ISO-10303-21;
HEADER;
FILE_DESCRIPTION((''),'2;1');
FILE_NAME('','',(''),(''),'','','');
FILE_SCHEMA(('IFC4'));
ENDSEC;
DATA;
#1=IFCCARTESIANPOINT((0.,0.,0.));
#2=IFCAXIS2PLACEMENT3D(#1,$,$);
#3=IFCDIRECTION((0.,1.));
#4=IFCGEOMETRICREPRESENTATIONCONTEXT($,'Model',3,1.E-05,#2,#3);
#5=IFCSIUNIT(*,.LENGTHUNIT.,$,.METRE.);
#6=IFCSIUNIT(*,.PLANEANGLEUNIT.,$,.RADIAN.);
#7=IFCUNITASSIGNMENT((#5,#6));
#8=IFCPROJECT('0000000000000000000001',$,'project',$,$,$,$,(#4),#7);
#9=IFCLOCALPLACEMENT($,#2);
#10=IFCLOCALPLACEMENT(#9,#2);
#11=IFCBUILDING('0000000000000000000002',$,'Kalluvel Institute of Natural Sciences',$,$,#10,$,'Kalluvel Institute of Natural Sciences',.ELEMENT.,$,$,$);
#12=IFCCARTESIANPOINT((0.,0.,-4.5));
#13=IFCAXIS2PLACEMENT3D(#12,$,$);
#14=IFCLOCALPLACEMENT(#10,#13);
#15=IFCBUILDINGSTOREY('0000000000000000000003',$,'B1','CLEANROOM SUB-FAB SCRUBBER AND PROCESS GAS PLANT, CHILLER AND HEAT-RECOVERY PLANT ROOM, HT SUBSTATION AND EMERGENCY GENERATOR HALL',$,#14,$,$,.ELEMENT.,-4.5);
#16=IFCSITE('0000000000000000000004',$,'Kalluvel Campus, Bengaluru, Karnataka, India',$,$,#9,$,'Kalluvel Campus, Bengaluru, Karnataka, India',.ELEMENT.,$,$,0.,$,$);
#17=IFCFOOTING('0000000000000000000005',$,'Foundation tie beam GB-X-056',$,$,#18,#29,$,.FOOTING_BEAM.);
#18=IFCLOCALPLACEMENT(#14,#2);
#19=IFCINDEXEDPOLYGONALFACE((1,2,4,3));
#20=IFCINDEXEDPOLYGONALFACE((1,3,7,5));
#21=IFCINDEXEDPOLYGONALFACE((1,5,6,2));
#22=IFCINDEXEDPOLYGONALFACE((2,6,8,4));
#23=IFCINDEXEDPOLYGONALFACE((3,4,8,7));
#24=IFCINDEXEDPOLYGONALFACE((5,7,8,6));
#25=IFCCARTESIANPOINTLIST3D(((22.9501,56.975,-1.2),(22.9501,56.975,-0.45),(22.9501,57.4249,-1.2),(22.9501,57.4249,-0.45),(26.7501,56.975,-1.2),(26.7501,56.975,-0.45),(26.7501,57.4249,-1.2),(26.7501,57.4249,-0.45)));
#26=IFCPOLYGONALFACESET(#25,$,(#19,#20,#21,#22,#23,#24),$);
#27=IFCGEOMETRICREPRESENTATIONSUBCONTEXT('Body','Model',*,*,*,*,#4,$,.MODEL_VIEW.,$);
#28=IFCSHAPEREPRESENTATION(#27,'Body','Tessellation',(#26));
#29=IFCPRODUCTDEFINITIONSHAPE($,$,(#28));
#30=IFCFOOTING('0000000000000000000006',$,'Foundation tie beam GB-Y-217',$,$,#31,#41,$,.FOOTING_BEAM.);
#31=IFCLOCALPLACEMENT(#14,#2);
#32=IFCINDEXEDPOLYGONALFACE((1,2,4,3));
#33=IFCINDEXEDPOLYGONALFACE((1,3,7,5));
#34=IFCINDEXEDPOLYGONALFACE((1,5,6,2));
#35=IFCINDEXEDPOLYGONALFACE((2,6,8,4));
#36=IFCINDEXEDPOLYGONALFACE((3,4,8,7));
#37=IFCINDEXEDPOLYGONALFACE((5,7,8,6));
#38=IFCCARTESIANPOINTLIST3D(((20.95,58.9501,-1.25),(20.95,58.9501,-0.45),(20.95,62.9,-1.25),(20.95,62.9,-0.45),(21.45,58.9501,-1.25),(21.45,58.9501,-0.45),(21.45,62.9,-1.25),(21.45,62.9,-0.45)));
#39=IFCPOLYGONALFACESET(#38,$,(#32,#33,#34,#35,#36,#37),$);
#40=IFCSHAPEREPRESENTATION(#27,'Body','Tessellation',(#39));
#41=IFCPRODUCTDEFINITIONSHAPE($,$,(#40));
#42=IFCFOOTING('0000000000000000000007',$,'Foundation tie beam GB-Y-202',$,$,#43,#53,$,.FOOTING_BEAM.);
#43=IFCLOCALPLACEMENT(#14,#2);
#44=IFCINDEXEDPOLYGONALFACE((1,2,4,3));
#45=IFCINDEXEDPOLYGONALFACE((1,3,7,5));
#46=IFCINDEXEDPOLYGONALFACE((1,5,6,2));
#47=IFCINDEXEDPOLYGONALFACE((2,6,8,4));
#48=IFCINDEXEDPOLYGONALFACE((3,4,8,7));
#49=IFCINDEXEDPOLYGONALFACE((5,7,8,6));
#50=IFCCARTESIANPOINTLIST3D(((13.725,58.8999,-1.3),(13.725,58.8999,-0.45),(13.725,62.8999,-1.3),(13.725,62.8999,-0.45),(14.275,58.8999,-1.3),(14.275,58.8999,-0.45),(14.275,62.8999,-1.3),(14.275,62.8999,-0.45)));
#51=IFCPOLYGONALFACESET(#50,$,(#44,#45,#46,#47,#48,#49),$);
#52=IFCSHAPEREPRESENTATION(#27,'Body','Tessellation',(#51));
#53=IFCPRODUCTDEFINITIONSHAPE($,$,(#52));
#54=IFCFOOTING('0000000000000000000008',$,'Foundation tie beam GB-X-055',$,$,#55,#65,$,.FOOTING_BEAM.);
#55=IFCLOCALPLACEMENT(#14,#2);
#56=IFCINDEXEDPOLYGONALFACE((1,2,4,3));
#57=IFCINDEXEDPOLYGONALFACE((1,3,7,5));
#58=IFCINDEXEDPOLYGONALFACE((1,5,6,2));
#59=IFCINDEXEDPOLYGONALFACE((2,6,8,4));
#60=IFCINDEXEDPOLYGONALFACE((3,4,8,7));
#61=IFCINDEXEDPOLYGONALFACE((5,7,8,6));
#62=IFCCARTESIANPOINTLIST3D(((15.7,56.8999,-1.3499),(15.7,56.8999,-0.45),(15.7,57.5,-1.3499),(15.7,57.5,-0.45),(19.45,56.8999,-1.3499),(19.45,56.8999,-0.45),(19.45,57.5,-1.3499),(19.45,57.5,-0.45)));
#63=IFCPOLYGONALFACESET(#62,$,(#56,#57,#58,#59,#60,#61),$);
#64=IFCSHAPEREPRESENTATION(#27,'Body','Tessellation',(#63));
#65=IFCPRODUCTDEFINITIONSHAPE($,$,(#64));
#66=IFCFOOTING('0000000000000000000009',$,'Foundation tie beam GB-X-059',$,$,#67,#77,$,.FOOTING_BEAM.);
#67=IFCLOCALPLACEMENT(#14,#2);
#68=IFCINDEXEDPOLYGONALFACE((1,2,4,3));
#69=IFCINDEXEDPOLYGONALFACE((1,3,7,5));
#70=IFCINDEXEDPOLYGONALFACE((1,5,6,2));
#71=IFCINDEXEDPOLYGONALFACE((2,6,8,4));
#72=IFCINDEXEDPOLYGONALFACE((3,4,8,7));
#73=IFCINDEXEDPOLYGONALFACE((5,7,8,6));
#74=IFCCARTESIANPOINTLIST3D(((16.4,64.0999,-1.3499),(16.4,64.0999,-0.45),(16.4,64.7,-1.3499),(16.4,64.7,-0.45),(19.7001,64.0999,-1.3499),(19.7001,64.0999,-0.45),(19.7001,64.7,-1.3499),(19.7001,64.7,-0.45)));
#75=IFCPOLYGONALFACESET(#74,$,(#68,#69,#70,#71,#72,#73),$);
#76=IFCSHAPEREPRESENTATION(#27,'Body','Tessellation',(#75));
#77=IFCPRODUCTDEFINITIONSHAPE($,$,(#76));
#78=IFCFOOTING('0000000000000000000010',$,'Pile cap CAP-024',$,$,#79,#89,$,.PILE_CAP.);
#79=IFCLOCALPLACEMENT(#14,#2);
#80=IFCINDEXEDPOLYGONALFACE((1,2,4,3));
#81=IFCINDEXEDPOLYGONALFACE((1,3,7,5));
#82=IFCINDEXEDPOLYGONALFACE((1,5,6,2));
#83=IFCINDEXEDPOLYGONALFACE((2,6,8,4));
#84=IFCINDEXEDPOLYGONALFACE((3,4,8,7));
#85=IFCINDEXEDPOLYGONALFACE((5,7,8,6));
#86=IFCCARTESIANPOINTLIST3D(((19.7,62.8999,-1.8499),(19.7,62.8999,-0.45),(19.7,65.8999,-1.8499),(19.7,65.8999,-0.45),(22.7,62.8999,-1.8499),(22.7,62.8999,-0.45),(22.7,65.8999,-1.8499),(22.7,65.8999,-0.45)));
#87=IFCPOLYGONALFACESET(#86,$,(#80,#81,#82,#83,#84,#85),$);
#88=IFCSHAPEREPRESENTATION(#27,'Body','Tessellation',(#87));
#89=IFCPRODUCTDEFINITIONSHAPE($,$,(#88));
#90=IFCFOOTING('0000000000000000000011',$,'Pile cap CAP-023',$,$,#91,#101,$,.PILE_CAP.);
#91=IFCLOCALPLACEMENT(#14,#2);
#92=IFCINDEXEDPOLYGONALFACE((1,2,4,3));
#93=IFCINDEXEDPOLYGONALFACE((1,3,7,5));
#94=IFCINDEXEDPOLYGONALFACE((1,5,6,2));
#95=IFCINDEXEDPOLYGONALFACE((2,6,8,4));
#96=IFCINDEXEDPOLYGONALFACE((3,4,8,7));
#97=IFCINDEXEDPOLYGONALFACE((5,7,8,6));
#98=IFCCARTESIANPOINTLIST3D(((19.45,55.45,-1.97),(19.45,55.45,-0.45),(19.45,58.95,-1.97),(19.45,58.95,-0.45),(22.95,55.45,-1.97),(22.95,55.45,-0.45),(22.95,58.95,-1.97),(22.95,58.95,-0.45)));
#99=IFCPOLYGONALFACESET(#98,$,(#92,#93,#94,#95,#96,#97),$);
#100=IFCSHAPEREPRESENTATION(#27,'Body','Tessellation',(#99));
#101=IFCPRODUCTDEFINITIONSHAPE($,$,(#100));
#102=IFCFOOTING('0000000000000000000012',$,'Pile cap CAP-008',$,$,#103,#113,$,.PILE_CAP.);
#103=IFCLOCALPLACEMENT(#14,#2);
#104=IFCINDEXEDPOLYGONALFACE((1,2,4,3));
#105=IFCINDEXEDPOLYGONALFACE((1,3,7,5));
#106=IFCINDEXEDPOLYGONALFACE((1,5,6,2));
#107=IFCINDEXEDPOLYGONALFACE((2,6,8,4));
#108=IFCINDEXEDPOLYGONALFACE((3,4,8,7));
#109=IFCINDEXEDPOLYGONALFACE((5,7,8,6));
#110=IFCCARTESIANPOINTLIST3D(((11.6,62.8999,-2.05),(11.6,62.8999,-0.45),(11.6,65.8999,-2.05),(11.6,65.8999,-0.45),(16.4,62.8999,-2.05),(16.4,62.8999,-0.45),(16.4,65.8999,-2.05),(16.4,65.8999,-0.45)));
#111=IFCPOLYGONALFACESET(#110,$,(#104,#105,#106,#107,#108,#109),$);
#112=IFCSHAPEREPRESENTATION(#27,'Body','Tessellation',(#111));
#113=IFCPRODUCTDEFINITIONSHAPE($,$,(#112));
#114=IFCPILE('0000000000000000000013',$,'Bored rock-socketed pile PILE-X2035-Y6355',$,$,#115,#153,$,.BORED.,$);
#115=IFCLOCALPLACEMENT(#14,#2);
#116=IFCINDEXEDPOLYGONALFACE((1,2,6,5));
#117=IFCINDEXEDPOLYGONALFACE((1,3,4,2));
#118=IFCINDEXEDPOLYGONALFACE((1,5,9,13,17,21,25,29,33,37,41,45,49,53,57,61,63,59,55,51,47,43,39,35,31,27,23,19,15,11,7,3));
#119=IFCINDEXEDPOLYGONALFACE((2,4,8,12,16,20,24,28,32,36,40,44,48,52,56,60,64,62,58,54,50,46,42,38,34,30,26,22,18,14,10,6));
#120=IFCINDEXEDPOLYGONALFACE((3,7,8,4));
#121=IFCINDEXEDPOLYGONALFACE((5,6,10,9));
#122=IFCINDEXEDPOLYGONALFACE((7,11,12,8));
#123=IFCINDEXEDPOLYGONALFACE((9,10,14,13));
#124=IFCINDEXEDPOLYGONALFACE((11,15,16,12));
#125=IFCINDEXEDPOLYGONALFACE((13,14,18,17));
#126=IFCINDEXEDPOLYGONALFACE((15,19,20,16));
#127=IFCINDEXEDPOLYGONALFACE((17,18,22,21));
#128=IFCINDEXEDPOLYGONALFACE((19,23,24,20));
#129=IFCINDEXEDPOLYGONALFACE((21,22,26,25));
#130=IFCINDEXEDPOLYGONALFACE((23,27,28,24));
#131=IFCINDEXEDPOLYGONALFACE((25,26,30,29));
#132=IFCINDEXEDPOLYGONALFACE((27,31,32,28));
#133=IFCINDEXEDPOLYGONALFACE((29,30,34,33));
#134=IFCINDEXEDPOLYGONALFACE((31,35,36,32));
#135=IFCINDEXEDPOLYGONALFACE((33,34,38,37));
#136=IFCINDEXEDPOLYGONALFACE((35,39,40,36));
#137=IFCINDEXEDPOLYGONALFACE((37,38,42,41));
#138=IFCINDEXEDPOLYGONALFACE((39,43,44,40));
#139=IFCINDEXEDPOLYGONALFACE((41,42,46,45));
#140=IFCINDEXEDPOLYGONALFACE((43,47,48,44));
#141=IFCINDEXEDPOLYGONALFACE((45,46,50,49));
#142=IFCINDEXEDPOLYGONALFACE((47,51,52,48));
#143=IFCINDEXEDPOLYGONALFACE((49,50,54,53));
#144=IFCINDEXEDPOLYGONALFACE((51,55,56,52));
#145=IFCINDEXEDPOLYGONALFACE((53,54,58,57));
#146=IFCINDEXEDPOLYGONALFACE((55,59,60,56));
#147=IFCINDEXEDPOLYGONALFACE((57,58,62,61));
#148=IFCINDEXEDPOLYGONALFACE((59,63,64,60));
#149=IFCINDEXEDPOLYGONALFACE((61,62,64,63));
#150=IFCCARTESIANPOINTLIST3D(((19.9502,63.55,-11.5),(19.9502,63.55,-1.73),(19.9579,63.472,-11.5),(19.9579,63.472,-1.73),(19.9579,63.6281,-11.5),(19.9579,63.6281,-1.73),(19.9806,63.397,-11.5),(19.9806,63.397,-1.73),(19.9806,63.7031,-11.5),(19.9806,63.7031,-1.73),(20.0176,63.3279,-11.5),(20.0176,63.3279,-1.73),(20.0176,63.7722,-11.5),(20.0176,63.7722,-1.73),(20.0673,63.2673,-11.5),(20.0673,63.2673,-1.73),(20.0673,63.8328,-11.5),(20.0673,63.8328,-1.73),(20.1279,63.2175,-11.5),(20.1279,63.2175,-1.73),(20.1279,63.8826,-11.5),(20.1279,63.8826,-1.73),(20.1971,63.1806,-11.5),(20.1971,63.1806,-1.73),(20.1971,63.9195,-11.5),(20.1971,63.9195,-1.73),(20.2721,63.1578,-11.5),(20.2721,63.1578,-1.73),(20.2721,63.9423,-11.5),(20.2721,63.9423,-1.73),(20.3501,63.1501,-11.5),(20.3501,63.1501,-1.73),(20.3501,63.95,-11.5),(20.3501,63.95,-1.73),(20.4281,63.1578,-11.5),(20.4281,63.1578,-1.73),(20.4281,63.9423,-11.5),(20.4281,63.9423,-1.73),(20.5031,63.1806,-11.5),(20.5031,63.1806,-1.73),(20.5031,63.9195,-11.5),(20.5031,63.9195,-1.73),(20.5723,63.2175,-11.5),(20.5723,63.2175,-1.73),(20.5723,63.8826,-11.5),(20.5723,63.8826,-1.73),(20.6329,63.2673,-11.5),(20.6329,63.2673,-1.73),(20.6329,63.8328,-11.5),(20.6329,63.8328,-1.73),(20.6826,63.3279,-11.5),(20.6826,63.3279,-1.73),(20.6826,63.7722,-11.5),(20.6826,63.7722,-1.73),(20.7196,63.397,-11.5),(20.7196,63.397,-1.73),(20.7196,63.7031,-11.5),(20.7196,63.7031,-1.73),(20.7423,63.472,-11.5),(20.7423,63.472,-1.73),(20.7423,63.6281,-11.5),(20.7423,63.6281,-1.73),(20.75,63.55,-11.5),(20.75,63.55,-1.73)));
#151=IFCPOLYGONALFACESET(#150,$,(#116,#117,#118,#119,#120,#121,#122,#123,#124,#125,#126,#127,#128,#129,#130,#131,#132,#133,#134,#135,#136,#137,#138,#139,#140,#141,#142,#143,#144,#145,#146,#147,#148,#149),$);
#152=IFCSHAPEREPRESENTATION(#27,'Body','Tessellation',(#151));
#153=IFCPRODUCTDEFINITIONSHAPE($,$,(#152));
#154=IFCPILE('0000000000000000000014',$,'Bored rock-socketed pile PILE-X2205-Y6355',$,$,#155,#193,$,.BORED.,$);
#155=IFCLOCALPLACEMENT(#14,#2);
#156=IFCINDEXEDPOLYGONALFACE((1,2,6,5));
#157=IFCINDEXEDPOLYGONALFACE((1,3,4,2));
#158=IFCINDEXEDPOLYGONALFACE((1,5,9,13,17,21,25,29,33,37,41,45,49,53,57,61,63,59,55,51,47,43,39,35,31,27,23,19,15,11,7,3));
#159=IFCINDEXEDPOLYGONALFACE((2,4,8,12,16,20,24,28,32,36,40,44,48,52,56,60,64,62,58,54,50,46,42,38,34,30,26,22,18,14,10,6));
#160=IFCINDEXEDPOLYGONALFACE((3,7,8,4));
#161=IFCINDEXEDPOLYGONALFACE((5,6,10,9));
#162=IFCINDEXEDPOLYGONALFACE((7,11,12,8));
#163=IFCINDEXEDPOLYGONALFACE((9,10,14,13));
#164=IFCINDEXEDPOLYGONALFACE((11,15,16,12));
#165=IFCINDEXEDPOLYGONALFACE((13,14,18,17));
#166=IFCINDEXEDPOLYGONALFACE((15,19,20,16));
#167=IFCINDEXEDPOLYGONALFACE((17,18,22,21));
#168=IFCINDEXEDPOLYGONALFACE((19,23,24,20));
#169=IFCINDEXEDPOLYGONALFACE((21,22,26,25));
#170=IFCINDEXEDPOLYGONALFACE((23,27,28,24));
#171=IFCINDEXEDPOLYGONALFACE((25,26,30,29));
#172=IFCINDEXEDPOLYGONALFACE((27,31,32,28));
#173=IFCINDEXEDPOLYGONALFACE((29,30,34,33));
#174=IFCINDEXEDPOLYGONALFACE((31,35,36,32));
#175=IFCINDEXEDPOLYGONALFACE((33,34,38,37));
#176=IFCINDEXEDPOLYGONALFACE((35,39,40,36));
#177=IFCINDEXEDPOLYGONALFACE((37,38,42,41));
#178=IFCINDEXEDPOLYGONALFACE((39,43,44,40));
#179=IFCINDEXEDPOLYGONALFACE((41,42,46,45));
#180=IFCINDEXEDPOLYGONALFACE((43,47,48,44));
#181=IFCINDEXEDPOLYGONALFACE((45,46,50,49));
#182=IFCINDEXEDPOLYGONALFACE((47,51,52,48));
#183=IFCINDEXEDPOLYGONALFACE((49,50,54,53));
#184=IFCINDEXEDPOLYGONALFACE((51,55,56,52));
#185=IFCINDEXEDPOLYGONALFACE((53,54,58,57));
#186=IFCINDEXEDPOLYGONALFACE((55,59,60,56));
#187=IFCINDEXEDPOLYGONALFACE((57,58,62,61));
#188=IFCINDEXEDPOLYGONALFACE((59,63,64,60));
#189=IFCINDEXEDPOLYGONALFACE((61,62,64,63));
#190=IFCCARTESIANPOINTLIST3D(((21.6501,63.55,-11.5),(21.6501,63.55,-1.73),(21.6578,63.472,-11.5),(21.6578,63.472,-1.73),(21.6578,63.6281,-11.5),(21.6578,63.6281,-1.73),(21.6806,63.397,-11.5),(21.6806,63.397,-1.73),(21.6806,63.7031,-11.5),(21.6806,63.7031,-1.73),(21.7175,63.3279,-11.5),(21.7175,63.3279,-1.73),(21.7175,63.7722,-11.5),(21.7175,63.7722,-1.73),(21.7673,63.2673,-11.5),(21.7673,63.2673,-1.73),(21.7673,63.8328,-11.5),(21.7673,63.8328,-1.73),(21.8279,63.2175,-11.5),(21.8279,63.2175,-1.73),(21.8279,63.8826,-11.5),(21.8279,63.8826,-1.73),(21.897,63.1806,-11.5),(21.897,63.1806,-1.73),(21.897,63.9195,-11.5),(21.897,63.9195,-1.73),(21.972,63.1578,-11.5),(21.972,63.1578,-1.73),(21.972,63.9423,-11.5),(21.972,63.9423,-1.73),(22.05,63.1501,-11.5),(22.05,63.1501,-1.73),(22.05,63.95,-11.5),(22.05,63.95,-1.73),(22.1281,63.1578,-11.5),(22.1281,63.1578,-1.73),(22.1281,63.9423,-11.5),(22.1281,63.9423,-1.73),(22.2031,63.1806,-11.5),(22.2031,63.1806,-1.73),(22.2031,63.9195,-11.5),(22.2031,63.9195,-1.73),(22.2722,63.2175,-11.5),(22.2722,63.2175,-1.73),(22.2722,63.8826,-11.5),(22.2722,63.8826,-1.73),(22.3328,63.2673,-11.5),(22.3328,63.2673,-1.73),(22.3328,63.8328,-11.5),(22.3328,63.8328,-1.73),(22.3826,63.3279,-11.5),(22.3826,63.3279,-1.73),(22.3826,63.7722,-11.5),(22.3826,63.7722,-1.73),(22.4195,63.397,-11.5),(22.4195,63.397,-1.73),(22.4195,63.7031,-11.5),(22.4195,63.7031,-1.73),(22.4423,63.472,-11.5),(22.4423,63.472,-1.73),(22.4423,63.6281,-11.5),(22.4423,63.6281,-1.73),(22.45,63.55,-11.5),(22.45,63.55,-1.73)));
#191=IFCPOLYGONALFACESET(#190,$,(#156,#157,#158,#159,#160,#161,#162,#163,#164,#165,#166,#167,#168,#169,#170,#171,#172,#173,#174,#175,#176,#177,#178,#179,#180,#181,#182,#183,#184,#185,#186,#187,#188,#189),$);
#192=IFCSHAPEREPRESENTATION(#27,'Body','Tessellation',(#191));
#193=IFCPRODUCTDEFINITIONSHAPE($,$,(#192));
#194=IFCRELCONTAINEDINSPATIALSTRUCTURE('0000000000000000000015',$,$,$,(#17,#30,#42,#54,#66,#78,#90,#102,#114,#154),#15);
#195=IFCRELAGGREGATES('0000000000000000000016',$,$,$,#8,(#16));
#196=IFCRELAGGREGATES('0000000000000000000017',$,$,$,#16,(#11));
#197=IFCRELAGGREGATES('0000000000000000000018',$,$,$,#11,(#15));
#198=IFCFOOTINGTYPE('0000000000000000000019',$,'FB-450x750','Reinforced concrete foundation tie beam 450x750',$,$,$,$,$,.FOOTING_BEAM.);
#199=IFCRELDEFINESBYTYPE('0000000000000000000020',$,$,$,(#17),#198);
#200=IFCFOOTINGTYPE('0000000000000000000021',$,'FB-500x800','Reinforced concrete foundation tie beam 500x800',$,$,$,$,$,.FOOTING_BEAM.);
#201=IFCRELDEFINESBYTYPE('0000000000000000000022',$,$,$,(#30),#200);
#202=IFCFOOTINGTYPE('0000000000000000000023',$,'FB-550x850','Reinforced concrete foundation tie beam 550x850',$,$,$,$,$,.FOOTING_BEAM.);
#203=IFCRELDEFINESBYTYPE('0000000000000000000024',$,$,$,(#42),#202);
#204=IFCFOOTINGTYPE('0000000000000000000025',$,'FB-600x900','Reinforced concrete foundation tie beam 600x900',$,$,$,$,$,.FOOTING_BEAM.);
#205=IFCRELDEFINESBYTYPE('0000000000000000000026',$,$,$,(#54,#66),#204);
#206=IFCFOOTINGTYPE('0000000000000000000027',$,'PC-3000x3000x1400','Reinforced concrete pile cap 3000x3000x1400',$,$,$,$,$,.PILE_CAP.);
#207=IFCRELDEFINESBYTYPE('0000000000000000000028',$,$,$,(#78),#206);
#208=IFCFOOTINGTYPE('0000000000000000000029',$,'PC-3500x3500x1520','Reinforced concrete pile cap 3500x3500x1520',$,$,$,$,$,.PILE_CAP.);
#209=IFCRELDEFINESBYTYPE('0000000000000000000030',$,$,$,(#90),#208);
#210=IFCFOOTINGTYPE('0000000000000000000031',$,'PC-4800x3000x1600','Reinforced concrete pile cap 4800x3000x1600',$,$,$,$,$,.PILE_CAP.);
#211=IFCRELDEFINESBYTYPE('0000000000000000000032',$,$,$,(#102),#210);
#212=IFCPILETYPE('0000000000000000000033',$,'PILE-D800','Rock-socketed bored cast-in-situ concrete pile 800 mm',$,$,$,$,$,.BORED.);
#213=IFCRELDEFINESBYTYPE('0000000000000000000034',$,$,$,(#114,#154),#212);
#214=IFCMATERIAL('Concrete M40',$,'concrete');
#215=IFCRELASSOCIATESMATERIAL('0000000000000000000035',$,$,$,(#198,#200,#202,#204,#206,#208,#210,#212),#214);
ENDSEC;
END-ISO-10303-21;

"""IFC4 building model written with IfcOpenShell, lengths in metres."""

from ifc_helpers import new_model, si_unit, direction, frame, origin, origin_2d, place, context, subcontext, project, spatial, rectangle, circle, extrude, material, material_profile, profile_set, type_object, element, save


model = new_model("IFC4")

# Units and contexts
model_context = context("Model", 3, precision=1e-05, world=origin(), true_north=direction((0.0, 1.0)))
body_context = subcontext(model_context, "Body", "Model", "MODEL_VIEW")
ifc_project = project(units=[si_unit("LENGTHUNIT", "METRE"), si_unit("PLANEANGLEUNIT", "RADIAN")], contexts=[model_context])

# Site, building, storey
site_placement = place(None, origin())
site = spatial("IfcSite", under=ifc_project, at=site_placement, Name="Kalluvel Campus, Bengaluru, Karnataka, India", LongName="Kalluvel Campus, Bengaluru, Karnataka, India", CompositionType="ELEMENT", RefElevation=0.0)
building_placement = place(site_placement, origin())
building = spatial("IfcBuilding", under=site, at=building_placement, Name="Kalluvel Institute of Natural Sciences", LongName="Kalluvel Institute of Natural Sciences", CompositionType="ELEMENT")
storey_placement = place(building_placement, frame((0.0, 0.0, -4.5)))
storey = spatial("IfcBuildingStorey", under=building, at=storey_placement, Name="B1", Description="CLEANROOM SUB-FAB SCRUBBER AND PROCESS GAS PLANT, CHILLER AND HEAT-RECOVERY PLANT ROOM, HT SUBSTATION AND EMERGENCY GENERATOR HALL", CompositionType="ELEMENT", Elevation=-4.5)

# Footings
ifc_material_1 = material(Name="Concrete M40", Category="concrete")
footing_type_1 = type_object("IfcFootingType", Name="FB-450x750", Description="Reinforced concrete foundation tie beam 450x750", PredefinedType="FOOTING_BEAM", material=ifc_material_1)
footing_1_placement = place(storey_placement, frame((24.8501, 57.2, -1.2), z_axis=(0.0, 0.0, 1.0), x_axis=(1.0, 0.0, 0.0)))
element("IfcFooting", 1, at=footing_1_placement, inside=storey, type_object=footing_type_1, Name="Foundation tie beam GB-X-056", PredefinedType="FOOTING_BEAM", context=body_context, shape_type="SweptSolid", body=[
    extrude(rectangle(XDim=3.8, YDim=0.45, at=origin_2d()), origin(), (0.0, 0.0, 1.0), 0.75),
])
footing_type_2 = type_object("IfcFootingType", Name="FB-500x800", Description="Reinforced concrete foundation tie beam 500x800", PredefinedType="FOOTING_BEAM", material=ifc_material_1)
footing_2_placement = place(storey_placement, frame((21.2, 60.925, -1.25), z_axis=(0.0, 0.0, 1.0), x_axis=(1.0, 0.0, 0.0)))
element("IfcFooting", 2, at=footing_2_placement, inside=storey, type_object=footing_type_2, Name="Foundation tie beam GB-Y-217", PredefinedType="FOOTING_BEAM", context=body_context, shape_type="SweptSolid", body=[
    extrude(rectangle(XDim=0.5, YDim=3.95, at=origin_2d()), origin(), (0.0, 0.0, 1.0), 0.8),
])
footing_type_3 = type_object("IfcFootingType", Name="FB-550x850", Description="Reinforced concrete foundation tie beam 550x850", PredefinedType="FOOTING_BEAM", material=ifc_material_1)
footing_3_placement = place(storey_placement, frame((14.0, 60.8999, -1.3), z_axis=(0.0, 0.0, 1.0), x_axis=(1.0, 0.0, 0.0)))
element("IfcFooting", 3, at=footing_3_placement, inside=storey, type_object=footing_type_3, Name="Foundation tie beam GB-Y-202", PredefinedType="FOOTING_BEAM", context=body_context, shape_type="SweptSolid", body=[
    extrude(rectangle(XDim=0.55, YDim=4.0, at=origin_2d()), origin(), (0.0, 0.0, 1.0), 0.8501),
])
footing_type_4 = type_object("IfcFootingType", Name="FB-600x900", Description="Reinforced concrete foundation tie beam 600x900", PredefinedType="FOOTING_BEAM", material=ifc_material_1)
footing_4_placement = place(storey_placement, frame((17.575, 57.2, -1.3499), z_axis=(0.0, 0.0, 1.0), x_axis=(1.0, 0.0, 0.0)))
element("IfcFooting", 4, at=footing_4_placement, inside=storey, type_object=footing_type_4, Name="Foundation tie beam GB-X-055", PredefinedType="FOOTING_BEAM", context=body_context, shape_type="SweptSolid", body=[
    extrude(rectangle(XDim=3.75, YDim=0.6001, at=origin_2d()), origin(), (0.0, 0.0, 1.0), 0.8999),
])
footing_5_placement = place(storey_placement, frame((18.05, 64.3999, -1.3499), z_axis=(0.0, 0.0, 1.0), x_axis=(1.0, 0.0, 0.0)))
element("IfcFooting", 5, at=footing_5_placement, inside=storey, type_object=footing_type_4, Name="Foundation tie beam GB-X-059", PredefinedType="FOOTING_BEAM", context=body_context, shape_type="SweptSolid", body=[
    extrude(rectangle(XDim=3.3, YDim=0.6001, at=origin_2d()), origin(), (0.0, 0.0, 1.0), 0.8999),
])
footing_type_5 = type_object("IfcFootingType", Name="PC-3000x3000x1400", Description="Reinforced concrete pile cap 3000x3000x1400", PredefinedType="PILE_CAP", material=ifc_material_1)
footing_6_placement = place(storey_placement, frame((21.2, 64.3999, -1.8499), z_axis=(0.0, 0.0, 1.0), x_axis=(1.0, 0.0, 0.0)))
element("IfcFooting", 6, at=footing_6_placement, inside=storey, type_object=footing_type_5, Name="Pile cap CAP-024", PredefinedType="PILE_CAP", context=body_context, shape_type="SweptSolid", body=[
    extrude(rectangle(XDim=3.0, YDim=3.0, at=origin_2d()), origin(), (0.0, 0.0, 1.0), 1.3999),
])
footing_type_6 = type_object("IfcFootingType", Name="PC-3500x3500x1520", Description="Reinforced concrete pile cap 3500x3500x1520", PredefinedType="PILE_CAP", material=ifc_material_1)
footing_7_placement = place(storey_placement, frame((21.2, 57.2, -1.97), z_axis=(0.0, 0.0, 1.0), x_axis=(1.0, 0.0, 0.0)))
element("IfcFooting", 7, at=footing_7_placement, inside=storey, type_object=footing_type_6, Name="Pile cap CAP-023", PredefinedType="PILE_CAP", context=body_context, shape_type="SweptSolid", body=[
    extrude(rectangle(XDim=3.5, YDim=3.5, at=origin_2d()), origin(), (0.0, 0.0, 1.0), 1.52),
])
footing_type_7 = type_object("IfcFootingType", Name="PC-4800x3000x1600", Description="Reinforced concrete pile cap 4800x3000x1600", PredefinedType="PILE_CAP", material=ifc_material_1)
footing_8_placement = place(storey_placement, frame((14.0, 64.3999, -2.05), z_axis=(0.0, 0.0, 1.0), x_axis=(1.0, 0.0, 0.0)))
element("IfcFooting", 8, at=footing_8_placement, inside=storey, type_object=footing_type_7, Name="Pile cap CAP-008", PredefinedType="PILE_CAP", context=body_context, shape_type="SweptSolid", body=[
    extrude(rectangle(XDim=4.8, YDim=3.0, at=origin_2d()), origin(), (0.0, 0.0, 1.0), 1.6001),
])

# Piles
ifc_material_profile_1 = material_profile(ifc_material_1, circle(Radius=0.3999, at=origin_2d()), Name="PILE D800")
ifc_profile_set_1 = profile_set([ifc_material_profile_1], Name="Concrete M40")
pile_type_1 = type_object("IfcPileType", Name="PILE-D800", Description="Rock-socketed bored cast-in-situ concrete pile 800 mm", PredefinedType="BORED", material=ifc_profile_set_1)
for number, where, z_axis, x_axis, name in (
    (9, (20.3501, 63.55, -1.73), (0.0, 0.0, -1.0), (1.0, 0.0, 0.0), "Bored rock-socketed pile PILE-X2035-Y6355"),
    (10, (22.05, 63.55, -1.73), (0.0, 0.0, -1.0), (1.0, 0.0, 0.0), "Bored rock-socketed pile PILE-X2205-Y6355"),
):
    element("IfcPile", number, at=place(storey_placement, frame(where, z_axis=z_axis, x_axis=x_axis)), inside=storey, type_object=pile_type_1, Name=name, PredefinedType="BORED", context=body_context, shape_type="SweptSolid", body=[
        extrude(circle(Radius=0.3999, at=origin_2d()), origin(), (0.0, 0.0, 1.0), 9.77),
    ])

save(model, "model.ifc")
